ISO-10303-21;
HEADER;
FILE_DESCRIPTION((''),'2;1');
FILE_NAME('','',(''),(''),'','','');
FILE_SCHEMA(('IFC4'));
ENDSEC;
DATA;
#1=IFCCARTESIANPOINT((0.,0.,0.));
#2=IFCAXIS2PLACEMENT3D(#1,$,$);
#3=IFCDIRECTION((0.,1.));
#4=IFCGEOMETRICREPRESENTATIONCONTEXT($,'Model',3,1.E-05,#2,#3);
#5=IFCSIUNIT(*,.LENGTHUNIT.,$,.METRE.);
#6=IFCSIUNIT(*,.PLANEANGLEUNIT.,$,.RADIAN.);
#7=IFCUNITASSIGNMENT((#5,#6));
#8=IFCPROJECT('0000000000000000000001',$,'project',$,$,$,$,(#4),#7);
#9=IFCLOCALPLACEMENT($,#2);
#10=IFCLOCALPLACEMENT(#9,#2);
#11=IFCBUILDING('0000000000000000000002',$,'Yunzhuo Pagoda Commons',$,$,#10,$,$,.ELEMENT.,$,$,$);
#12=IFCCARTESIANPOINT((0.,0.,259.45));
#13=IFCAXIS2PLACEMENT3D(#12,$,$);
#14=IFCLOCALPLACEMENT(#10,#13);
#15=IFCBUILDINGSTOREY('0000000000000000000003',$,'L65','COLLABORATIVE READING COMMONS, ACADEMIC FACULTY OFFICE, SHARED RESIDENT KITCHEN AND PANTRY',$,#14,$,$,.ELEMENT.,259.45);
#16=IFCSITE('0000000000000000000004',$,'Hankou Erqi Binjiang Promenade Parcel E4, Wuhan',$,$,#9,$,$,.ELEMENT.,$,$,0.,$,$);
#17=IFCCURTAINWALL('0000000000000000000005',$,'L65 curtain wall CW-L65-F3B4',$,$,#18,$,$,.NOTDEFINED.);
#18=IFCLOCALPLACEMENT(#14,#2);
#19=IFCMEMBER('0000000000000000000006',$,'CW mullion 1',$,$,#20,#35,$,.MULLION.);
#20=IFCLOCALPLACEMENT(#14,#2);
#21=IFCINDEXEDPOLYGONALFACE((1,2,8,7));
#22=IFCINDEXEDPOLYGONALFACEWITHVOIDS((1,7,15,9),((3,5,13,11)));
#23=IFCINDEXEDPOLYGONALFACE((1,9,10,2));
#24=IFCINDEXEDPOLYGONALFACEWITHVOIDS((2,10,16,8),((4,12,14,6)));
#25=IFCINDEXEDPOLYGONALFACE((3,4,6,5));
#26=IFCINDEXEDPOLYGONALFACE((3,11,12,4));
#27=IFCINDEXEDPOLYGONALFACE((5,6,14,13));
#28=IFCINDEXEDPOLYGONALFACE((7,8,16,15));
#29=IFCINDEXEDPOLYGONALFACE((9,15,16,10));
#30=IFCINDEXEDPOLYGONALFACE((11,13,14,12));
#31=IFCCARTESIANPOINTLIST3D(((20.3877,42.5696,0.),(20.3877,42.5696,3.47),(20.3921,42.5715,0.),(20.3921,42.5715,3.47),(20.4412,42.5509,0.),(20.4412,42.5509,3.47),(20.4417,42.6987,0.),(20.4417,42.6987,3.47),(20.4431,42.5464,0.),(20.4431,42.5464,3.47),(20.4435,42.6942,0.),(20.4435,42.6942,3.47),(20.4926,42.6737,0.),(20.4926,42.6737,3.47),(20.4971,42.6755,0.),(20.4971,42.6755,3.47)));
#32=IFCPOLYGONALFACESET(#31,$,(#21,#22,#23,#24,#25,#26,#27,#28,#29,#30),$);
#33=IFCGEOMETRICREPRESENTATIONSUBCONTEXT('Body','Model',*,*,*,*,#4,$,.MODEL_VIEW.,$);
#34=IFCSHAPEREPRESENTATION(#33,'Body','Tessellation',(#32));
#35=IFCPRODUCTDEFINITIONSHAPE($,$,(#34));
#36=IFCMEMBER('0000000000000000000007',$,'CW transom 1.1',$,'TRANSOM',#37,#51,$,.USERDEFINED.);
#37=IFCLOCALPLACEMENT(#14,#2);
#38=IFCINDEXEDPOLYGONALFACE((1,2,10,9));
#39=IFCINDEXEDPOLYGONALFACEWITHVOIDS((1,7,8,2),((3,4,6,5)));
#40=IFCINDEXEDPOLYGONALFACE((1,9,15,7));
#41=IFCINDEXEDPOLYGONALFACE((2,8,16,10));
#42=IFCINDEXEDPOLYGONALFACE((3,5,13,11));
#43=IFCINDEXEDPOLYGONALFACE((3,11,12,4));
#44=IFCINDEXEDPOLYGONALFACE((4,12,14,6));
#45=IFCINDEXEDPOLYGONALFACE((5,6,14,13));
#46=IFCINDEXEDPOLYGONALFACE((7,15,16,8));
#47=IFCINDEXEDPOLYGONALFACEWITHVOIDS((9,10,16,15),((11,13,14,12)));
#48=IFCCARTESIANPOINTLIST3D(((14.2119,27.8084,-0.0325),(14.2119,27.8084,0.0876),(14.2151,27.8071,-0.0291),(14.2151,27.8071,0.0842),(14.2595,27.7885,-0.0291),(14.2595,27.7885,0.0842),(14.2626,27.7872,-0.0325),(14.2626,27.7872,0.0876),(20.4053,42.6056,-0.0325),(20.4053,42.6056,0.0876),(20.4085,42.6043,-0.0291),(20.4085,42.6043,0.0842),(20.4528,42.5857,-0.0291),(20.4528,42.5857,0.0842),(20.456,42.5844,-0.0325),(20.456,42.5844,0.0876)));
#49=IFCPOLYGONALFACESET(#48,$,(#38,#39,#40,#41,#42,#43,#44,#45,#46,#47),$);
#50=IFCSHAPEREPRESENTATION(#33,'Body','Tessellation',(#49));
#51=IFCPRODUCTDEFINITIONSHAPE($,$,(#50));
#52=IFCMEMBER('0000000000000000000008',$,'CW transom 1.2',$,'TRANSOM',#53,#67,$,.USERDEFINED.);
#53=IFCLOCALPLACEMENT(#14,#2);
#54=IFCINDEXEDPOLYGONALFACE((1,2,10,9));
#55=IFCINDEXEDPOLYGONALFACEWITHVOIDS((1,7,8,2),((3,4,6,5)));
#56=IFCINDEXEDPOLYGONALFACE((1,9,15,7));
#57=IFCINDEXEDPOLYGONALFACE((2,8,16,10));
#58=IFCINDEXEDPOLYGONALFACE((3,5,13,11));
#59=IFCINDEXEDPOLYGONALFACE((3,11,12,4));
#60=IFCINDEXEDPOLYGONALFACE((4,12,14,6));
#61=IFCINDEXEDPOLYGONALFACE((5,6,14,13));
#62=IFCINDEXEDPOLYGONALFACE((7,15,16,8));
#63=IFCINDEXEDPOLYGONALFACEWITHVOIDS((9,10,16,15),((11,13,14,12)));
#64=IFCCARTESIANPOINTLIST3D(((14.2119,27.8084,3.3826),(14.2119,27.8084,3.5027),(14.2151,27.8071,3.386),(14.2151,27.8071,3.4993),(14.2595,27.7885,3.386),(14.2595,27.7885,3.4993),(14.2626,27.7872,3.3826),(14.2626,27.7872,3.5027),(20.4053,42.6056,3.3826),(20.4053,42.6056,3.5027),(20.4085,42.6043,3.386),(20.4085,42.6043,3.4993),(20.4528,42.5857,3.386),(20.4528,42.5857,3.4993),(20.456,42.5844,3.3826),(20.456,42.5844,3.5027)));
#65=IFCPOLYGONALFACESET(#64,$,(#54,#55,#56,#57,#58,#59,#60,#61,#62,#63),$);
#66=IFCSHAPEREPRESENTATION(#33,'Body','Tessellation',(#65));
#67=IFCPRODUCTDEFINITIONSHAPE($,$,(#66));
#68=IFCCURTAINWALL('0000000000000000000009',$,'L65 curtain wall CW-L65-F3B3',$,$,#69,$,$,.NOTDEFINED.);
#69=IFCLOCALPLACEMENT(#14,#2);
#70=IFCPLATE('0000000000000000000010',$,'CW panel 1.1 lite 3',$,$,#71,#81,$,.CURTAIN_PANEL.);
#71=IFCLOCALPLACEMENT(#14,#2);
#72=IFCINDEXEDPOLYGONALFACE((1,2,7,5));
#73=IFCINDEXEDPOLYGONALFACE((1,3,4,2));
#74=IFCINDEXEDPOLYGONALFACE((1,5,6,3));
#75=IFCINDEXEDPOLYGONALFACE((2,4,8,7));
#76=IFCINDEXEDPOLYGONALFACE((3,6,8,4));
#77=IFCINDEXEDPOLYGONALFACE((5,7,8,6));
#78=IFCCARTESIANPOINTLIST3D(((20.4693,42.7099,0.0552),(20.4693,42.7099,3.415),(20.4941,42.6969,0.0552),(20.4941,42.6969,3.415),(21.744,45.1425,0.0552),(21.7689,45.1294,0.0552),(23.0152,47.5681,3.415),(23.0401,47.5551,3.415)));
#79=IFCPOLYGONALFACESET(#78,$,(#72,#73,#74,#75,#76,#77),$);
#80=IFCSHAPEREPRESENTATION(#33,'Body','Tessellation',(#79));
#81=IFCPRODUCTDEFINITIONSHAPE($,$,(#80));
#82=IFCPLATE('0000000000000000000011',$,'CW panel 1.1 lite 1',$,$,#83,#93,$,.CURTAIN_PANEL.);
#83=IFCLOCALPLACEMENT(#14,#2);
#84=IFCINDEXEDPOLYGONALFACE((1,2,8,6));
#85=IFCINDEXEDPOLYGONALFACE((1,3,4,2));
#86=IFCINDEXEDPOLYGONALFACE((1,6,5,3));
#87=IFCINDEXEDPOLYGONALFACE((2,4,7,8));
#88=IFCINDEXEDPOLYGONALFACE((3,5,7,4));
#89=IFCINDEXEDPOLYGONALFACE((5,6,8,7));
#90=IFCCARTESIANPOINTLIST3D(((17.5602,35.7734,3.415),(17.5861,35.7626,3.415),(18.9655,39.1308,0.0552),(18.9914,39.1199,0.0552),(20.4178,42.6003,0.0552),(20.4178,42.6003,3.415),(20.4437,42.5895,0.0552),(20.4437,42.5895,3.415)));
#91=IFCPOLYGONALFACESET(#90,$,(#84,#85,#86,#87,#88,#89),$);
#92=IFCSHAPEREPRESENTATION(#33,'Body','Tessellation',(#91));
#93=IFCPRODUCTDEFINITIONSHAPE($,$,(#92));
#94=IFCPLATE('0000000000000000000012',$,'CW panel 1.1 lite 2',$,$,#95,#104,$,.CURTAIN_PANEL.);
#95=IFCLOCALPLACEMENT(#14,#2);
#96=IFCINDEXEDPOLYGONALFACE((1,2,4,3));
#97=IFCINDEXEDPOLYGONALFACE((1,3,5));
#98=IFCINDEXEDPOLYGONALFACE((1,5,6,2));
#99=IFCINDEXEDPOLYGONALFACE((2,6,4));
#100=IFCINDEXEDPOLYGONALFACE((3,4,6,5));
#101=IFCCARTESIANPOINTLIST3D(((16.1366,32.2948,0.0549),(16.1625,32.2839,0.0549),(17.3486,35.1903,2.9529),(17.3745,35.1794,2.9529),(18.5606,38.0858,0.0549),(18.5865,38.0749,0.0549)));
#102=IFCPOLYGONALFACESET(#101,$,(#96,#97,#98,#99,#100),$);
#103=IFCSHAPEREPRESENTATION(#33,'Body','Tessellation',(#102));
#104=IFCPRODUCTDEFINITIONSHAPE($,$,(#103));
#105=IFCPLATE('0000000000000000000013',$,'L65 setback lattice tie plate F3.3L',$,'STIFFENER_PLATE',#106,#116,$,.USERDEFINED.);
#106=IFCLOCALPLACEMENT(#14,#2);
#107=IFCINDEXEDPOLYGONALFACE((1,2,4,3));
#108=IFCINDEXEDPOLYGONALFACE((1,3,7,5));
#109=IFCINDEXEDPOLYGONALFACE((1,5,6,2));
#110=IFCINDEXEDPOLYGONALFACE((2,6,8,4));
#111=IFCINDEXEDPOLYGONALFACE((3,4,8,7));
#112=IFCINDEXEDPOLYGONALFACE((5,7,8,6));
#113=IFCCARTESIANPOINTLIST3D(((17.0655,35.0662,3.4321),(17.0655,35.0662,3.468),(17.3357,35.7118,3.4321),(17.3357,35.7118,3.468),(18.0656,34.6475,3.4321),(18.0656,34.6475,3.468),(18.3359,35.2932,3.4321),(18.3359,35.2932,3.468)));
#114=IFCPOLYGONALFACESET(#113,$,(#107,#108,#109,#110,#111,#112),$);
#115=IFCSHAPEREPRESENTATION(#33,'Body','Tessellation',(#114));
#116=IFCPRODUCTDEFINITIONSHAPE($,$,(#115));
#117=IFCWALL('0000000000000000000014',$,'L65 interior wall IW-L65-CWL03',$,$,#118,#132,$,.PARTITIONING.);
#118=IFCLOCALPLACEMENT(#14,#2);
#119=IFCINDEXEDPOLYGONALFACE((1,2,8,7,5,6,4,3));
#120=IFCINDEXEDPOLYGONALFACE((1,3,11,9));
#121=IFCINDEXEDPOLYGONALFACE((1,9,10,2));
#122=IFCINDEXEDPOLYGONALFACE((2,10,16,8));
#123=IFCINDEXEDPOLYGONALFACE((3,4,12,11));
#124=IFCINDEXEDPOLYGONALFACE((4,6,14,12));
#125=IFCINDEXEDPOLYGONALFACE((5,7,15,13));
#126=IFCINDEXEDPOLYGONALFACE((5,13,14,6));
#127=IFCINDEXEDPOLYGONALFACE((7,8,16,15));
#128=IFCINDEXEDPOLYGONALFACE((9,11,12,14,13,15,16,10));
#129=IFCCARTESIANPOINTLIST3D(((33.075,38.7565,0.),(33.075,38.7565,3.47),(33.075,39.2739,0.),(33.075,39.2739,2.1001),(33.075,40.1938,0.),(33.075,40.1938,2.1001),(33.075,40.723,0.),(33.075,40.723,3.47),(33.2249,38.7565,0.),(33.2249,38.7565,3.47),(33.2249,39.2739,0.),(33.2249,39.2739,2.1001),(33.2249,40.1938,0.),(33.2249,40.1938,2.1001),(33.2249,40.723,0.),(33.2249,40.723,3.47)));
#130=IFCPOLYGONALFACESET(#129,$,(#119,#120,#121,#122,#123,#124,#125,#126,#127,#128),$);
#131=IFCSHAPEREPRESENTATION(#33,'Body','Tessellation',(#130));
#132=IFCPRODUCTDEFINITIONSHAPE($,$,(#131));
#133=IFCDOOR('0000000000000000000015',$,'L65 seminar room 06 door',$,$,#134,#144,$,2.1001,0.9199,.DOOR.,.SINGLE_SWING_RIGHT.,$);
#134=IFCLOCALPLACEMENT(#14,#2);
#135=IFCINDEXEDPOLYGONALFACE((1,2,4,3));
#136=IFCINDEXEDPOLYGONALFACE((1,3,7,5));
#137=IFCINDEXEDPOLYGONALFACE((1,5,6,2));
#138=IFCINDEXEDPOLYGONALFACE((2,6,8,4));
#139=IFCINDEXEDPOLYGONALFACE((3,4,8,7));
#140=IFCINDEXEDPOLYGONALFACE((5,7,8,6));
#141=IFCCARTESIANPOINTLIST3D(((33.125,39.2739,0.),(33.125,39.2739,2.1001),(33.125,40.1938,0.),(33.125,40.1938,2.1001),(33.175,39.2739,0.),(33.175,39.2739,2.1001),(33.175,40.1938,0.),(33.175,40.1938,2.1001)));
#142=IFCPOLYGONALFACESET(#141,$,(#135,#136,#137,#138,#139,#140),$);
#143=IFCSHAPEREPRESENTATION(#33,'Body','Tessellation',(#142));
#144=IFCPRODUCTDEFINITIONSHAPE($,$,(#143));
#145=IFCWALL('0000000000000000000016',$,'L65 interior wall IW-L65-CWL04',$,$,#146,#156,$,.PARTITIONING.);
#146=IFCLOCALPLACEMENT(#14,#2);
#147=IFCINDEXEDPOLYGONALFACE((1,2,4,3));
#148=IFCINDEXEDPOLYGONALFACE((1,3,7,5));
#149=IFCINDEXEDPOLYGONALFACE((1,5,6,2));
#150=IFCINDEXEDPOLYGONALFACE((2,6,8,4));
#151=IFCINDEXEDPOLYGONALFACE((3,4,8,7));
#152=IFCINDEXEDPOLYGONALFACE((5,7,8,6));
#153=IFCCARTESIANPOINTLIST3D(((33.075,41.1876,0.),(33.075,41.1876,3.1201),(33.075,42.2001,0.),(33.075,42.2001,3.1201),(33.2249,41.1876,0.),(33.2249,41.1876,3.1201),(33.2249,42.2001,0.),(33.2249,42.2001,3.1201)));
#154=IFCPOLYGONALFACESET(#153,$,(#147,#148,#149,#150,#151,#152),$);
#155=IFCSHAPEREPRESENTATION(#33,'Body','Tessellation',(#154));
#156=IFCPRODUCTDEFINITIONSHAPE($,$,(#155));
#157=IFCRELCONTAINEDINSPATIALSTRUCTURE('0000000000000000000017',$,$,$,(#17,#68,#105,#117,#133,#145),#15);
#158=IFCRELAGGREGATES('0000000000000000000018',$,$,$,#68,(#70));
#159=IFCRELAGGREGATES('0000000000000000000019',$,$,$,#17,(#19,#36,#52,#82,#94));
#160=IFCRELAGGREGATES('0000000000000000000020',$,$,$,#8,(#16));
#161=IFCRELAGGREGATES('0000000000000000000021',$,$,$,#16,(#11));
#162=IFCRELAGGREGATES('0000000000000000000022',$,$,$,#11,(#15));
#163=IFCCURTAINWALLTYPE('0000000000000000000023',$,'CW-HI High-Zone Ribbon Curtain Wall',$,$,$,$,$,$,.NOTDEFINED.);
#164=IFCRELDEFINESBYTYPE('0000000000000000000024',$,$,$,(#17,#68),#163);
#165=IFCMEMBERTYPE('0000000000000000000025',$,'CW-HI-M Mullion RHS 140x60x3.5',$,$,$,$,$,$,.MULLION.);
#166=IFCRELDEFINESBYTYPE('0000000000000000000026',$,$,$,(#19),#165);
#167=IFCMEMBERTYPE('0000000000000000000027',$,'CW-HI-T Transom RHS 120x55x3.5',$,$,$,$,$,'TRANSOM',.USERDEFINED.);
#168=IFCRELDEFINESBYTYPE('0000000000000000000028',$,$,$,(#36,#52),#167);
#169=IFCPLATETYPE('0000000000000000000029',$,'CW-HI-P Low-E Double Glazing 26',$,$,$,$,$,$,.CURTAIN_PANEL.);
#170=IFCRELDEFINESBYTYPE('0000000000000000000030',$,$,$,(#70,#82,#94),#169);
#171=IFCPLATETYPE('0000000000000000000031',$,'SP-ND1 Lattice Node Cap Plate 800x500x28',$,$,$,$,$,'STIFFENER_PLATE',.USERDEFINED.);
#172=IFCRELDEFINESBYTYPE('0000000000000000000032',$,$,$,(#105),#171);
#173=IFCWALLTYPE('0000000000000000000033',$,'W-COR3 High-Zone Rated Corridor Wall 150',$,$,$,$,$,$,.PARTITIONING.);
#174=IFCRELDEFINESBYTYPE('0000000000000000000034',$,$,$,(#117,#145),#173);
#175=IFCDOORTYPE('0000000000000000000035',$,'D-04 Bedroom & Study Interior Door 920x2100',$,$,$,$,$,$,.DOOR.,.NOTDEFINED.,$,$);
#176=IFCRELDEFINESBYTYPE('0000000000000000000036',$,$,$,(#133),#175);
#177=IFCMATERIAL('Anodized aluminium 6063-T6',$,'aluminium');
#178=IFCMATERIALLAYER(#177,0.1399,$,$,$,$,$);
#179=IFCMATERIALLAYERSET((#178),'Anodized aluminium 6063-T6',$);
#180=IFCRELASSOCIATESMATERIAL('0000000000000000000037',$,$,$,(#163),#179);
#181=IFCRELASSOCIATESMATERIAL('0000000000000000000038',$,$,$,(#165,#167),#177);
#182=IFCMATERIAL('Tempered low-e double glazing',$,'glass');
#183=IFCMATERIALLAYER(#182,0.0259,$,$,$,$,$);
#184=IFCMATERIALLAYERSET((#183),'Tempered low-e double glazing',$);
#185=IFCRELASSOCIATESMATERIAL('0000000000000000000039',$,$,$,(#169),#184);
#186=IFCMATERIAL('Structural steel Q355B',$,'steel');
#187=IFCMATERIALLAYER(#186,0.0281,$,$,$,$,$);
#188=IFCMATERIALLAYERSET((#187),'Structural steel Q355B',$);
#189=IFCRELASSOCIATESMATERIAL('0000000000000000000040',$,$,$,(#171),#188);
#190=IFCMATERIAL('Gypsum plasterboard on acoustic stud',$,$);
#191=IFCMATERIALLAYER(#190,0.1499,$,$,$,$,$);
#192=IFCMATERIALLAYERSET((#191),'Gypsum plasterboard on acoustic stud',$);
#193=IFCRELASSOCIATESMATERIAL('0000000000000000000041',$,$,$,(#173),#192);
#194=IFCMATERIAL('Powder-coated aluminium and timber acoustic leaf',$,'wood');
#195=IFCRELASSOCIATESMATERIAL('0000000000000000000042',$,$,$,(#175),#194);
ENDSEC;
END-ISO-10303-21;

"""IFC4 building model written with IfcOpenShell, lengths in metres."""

from ifc_helpers import new_model, si_unit, direction, frame, frame_2d, origin, origin_with_axes, origin_2d, place, context, subcontext, project, spatial, polyline, rectangle, hollow_rectangle, outline, extrude, source, transform, mapped, material, layer, layer_set, material_profile, profile_set, type_object, element, fill, aggregate, save


model = new_model("IFC4")

# Units and contexts
model_context = context("Model", 3, precision=1e-05, world=origin(), true_north=direction((0.0, 1.0)))
body_context = subcontext(model_context, "Body", "Model", "MODEL_VIEW")
ifc_project = project(units=[si_unit("LENGTHUNIT", "METRE"), si_unit("PLANEANGLEUNIT", "RADIAN")], contexts=[model_context])

# Site, building, storey
site_placement = place(None, origin())
site = spatial("IfcSite", under=ifc_project, at=site_placement, Name="Hankou Erqi Binjiang Promenade Parcel E4, Wuhan", CompositionType="ELEMENT", RefElevation=0.0)
building_placement = place(site_placement, origin())
building = spatial("IfcBuilding", under=site, at=building_placement, Name="Yunzhuo Pagoda Commons", CompositionType="ELEMENT")
storey_placement = place(building_placement, frame((0.0, 0.0, 259.45)))
storey = spatial("IfcBuildingStorey", under=building, at=storey_placement, Name="L65", Description="COLLABORATIVE READING COMMONS, ACADEMIC FACULTY OFFICE, SHARED RESIDENT KITCHEN AND PANTRY", CompositionType="ELEMENT", Elevation=259.45)

# Shared definitions
ifc_material_1 = material(Name="Structural steel Q355B", Category="steel")

# Curtain wall, members
ifc_material_2 = material(Name="Anodized aluminium 6063-T6", Category="aluminium")
ifc_layer_1 = layer(ifc_material_2, 0.1399)
ifc_layer_set_1 = layer_set([ifc_layer_1], Name="Anodized aluminium 6063-T6")
curtain_wall_type = type_object("IfcCurtainWallType", Name="CW-HI High-Zone Ribbon Curtain Wall", PredefinedType="NOTDEFINED", material=ifc_layer_set_1)
curtain_wall_1_placement = place(storey_placement, origin())
curtain_wall_1 = element("IfcCurtainWall", 1, at=curtain_wall_1_placement, inside=storey, type_object=curtain_wall_type, Name="L65 curtain wall CW-L65-F3B4", PredefinedType="NOTDEFINED")
ifc_material_profile_1 = material_profile(ifc_material_2, hollow_rectangle(XDim=0.0601, YDim=0.1399, WallThickness=0.0034, at=origin_2d()), Name="Anodized aluminium 6063-T6")
ifc_profile_set_1 = profile_set([ifc_material_profile_1], Name="Anodized aluminium 6063-T6")
member_type_1 = type_object("IfcMemberType", Name="CW-HI-M Mullion RHS 140x60x3.5", PredefinedType="MULLION", material=ifc_profile_set_1)
shared_shape_1 = source(origin(), body_context, "Body", "SweptSolid", [
    extrude(hollow_rectangle(XDim=0.0601, YDim=0.1399, WallThickness=0.0034, at=origin_2d()), origin(), (0.0, 0.0, 1.0), 3.47),
])
member_1_placement = place(storey_placement, frame((20.4424, 42.6226, 0.0), z_axis=(0.0, 0.0, 1.0), x_axis=(0.922451, -0.386115, 0.0)))
member_1 = element("IfcMember", 2, at=member_1_placement, type_object=member_type_1, Name="CW mullion 1", PredefinedType="MULLION", context=body_context, shape_type="MappedRepresentation", body=[
    mapped(shared_shape_1, transform((0.0, 0.0, 0.0), scale=1.0)),
])
ifc_material_profile_2 = material_profile(ifc_material_2, hollow_rectangle(XDim=0.0549, YDim=0.1201, WallThickness=0.0034, at=origin_2d()), Name="Anodized aluminium 6063-T6")
ifc_profile_set_2 = profile_set([ifc_material_profile_2], Name="Anodized aluminium 6063-T6")
member_type_2 = type_object("IfcMemberType", Name="CW-HI-T Transom RHS 120x55x3.5", ElementType="TRANSOM", PredefinedType="USERDEFINED", material=ifc_profile_set_2)
shared_shape_2 = source(origin(), body_context, "Body", "SweptSolid", [
    extrude(hollow_rectangle(XDim=0.0549, YDim=0.1201, WallThickness=0.0034, at=origin_2d()), origin(), (0.0, 0.0, 1.0), 16.041),
])
member_2_placement = place(storey_placement, frame((20.4307, 42.595, 0.0276), z_axis=(-0.386097, -0.922458, 0.0), x_axis=(0.922458, -0.386097, 0.0)))
member_2 = element("IfcMember", 3, at=member_2_placement, type_object=member_type_2, Name="CW transom 1.1", ObjectType="TRANSOM", PredefinedType="USERDEFINED", context=body_context, shape_type="MappedRepresentation", body=[
    mapped(shared_shape_2, transform((0.0, 0.0, 0.0), scale=1.0)),
])
member_3_placement = place(storey_placement, frame((20.4307, 42.595, 3.4426), z_axis=(-0.386097, -0.922458, 0.0), x_axis=(0.922458, -0.386097, 0.0)))
member_3 = element("IfcMember", 4, at=member_3_placement, type_object=member_type_2, Name="CW transom 1.2", ObjectType="TRANSOM", PredefinedType="USERDEFINED", context=body_context, shape_type="MappedRepresentation", body=[
    mapped(shared_shape_2, transform((0.0, 0.0, 0.0), scale=1.0)),
])

# Curtain wall, plate
curtain_wall_2_placement = place(storey_placement, origin())
curtain_wall_2 = element("IfcCurtainWall", 5, at=curtain_wall_2_placement, inside=storey, type_object=curtain_wall_type, Name="L65 curtain wall CW-L65-F3B3", PredefinedType="NOTDEFINED")
ifc_material_3 = material(Name="Tempered low-e double glazing", Category="glass")
ifc_layer_2 = layer(ifc_material_3, 0.0259)
ifc_layer_set_2 = layer_set([ifc_layer_2], Name="Tempered low-e double glazing")
plate_type_1 = type_object("IfcPlateType", Name="CW-HI-P Low-E Double Glazing 26", PredefinedType="CURTAIN_PANEL", material=ifc_layer_set_2)
plate_1_placement = place(storey_placement, frame((21.7671, 45.126, 1.7351), z_axis=(-0.885743, 0.464176, 0.0), x_axis=(-0.464176, -0.885743, 0.0)))
plate_1 = element("IfcPlate", 6, at=plate_1_placement, type_object=plate_type_1, Name="CW panel 1.1 lite 3", PredefinedType="CURTAIN_PANEL", context=body_context, shape_type="SweptSolid", body=[
    extrude(outline(polyline([(-2.7424, 1.6799), (-0.0039, -1.6799), (2.7424, -1.6799), (2.7424, 1.6799), (-2.7424, 1.6799)])), origin(), (0.0, 0.0, 1.0), 0.0281),
])
aggregate(curtain_wall_2, [plate_1])

# Plates
plate_2_placement = place(storey_placement, frame((19.0149, 39.176, 1.7351), z_axis=(-0.922451, 0.386115, 0.0), x_axis=(-0.386115, -0.922451, 0.0)))
plate_2 = element("IfcPlate", 7, at=plate_2_placement, type_object=plate_type_1, Name="CW panel 1.1 lite 1", PredefinedType="CURTAIN_PANEL", context=body_context, shape_type="SweptSolid", body=[
    extrude(outline(polyline([(-3.7004, -1.6799), (0.0608, -1.6799), (3.7004, 1.6799), (-3.7004, 1.6799), (-3.7004, -1.6799)])), origin(), (0.0, 0.0, 1.0), 0.0281),
])
plate_3_placement = place(storey_placement, frame((17.3745, 35.1794, 1.5039), z_axis=(-0.922451, 0.386115, 0.0), x_axis=(-0.386115, -0.922451, 0.0)))
plate_3 = element("IfcPlate", 8, at=plate_3_placement, type_object=plate_type_1, Name="CW panel 1.1 lite 2", PredefinedType="CURTAIN_PANEL", context=body_context, shape_type="SweptSolid", body=[
    extrude(outline(polyline([(-3.1389, -1.449), (3.1389, -1.449), (0.0, 1.449), (-3.1389, -1.449)])), origin(), (0.0, 0.0, 1.0), 0.0281),
])
aggregate(curtain_wall_1, [member_1, member_2, member_3, plate_2, plate_3])
ifc_layer_3 = layer(ifc_material_1, 0.0281)
ifc_layer_set_3 = layer_set([ifc_layer_3], Name="Structural steel Q355B")
plate_type_2 = type_object("IfcPlateType", Name="SP-ND1 Lattice Node Cap Plate 800x500x28", ElementType="STIFFENER_PLATE", PredefinedType="USERDEFINED", material=ifc_layer_set_3)
shared_shape_3 = source(origin(), body_context, "Body", "SweptSolid", [
    extrude(rectangle(XDim=0.7, YDim=1.0842, at=origin_2d()), origin(), (0.0, 0.0, 1.0), 0.0359),
])
plate_4_placement = place(storey_placement, frame((17.7007, 35.1797, 3.4321), z_axis=(0.0, 0.0, 1.0), x_axis=(-0.386115, -0.922451, 0.0)))
element("IfcPlate", 9, at=plate_4_placement, inside=storey, type_object=plate_type_2, Name="L65 setback lattice tie plate F3.3L", ObjectType="STIFFENER_PLATE", PredefinedType="USERDEFINED", context=body_context, shape_type="MappedRepresentation", body=[
    mapped(shared_shape_3, transform((0.0, 0.0, 0.0), scale=1.0)),
])

# Wall, opening, door
ifc_material_4 = material(Name="Gypsum plasterboard on acoustic stud")
ifc_layer_4 = layer(ifc_material_4, 0.1499)
ifc_layer_set_4 = layer_set([ifc_layer_4], Name="Gypsum plasterboard on acoustic stud")
wall_type_1 = type_object("IfcWallType", Name="W-COR3 High-Zone Rated Corridor Wall 150", PredefinedType="PARTITIONING", material=ifc_layer_set_4)
wall_1_placement = place(storey_placement, frame((33.1499, 38.7563, 0.0), z_axis=(0.0, 0.0, 1.0), x_axis=(0.0, 1.0, 0.0)))
wall_1 = element("IfcWall", 10, at=wall_1_placement, inside=storey, type_object=wall_type_1, Name="L65 interior wall IW-L65-CWL03", PredefinedType="PARTITIONING", context=body_context, shape_type="SweptSolid", body=[
    extrude(rectangle(XDim=1.9666, YDim=0.1499, at=frame_2d((0.9834, 0.0))), origin(), (0.0, 0.0, 1.0), 3.47),
])
opening_1_placement = place(wall_1_placement, frame((0.5176, 0.0, 0.0)))
opening_1 = element("IfcOpeningElement", 11, at=opening_1_placement, cuts=wall_1, PredefinedType="OPENING", context=body_context, shape_type="SweptSolid", body=[
    extrude(rectangle(XDim=0.9199, YDim=2.1001, at=frame_2d((0.46, 1.05))), frame((0.0, 0.085, 0.0), z_axis=(0.0, -1.0, 0.0), x_axis=(1.0, 0.0, 0.0)), (0.0, 0.0, 1.0), 0.1699),
])
ifc_material_5 = material(Name="Powder-coated aluminium and timber acoustic leaf", Category="wood")
door_type_1 = type_object("IfcDoorType", Name="D-04 Bedroom & Study Interior Door 920x2100", OperationType="NOTDEFINED", PredefinedType="DOOR", material=ifc_material_5)
shared_shape_4 = source(origin(), body_context, "Body", "SweptSolid", [
    extrude(rectangle(XDim=0.9199, YDim=2.1001, at=frame_2d((0.46, 1.05))), frame((0.0, 0.0249, 0.0), z_axis=(0.0, -1.0, 0.0), x_axis=(1.0, 0.0, 0.0)), (0.0, 0.0, 1.0), 0.05),
])
door_1_placement = place(opening_1_placement, origin_with_axes())
door_1 = element("IfcDoor", 12, at=door_1_placement, inside=storey, type_object=door_type_1, Name="L65 seminar room 06 door", OperationType="SINGLE_SWING_RIGHT", OverallHeight=2.1001, OverallWidth=0.9199, PredefinedType="DOOR", context=body_context, shape_type="MappedRepresentation", body=[
    mapped(shared_shape_4, transform((0.0, 0.0, 0.0), scale=1.0)),
])
fill(opening_1, door_1)

# Wall
wall_2_placement = place(storey_placement, frame((33.1499, 41.1875, 0.0), z_axis=(0.0, 0.0, 1.0), x_axis=(0.0, 1.0, 0.0)))
element("IfcWall", 13, at=wall_2_placement, inside=storey, type_object=wall_type_1, Name="L65 interior wall IW-L65-CWL04", PredefinedType="PARTITIONING", context=body_context, shape_type="SweptSolid", body=[
    extrude(rectangle(XDim=1.0125, YDim=0.1499, at=frame_2d((0.5063, 0.0))), origin(), (0.0, 0.0, 1.0), 3.1201),
])

save(model, "model.ifc")
